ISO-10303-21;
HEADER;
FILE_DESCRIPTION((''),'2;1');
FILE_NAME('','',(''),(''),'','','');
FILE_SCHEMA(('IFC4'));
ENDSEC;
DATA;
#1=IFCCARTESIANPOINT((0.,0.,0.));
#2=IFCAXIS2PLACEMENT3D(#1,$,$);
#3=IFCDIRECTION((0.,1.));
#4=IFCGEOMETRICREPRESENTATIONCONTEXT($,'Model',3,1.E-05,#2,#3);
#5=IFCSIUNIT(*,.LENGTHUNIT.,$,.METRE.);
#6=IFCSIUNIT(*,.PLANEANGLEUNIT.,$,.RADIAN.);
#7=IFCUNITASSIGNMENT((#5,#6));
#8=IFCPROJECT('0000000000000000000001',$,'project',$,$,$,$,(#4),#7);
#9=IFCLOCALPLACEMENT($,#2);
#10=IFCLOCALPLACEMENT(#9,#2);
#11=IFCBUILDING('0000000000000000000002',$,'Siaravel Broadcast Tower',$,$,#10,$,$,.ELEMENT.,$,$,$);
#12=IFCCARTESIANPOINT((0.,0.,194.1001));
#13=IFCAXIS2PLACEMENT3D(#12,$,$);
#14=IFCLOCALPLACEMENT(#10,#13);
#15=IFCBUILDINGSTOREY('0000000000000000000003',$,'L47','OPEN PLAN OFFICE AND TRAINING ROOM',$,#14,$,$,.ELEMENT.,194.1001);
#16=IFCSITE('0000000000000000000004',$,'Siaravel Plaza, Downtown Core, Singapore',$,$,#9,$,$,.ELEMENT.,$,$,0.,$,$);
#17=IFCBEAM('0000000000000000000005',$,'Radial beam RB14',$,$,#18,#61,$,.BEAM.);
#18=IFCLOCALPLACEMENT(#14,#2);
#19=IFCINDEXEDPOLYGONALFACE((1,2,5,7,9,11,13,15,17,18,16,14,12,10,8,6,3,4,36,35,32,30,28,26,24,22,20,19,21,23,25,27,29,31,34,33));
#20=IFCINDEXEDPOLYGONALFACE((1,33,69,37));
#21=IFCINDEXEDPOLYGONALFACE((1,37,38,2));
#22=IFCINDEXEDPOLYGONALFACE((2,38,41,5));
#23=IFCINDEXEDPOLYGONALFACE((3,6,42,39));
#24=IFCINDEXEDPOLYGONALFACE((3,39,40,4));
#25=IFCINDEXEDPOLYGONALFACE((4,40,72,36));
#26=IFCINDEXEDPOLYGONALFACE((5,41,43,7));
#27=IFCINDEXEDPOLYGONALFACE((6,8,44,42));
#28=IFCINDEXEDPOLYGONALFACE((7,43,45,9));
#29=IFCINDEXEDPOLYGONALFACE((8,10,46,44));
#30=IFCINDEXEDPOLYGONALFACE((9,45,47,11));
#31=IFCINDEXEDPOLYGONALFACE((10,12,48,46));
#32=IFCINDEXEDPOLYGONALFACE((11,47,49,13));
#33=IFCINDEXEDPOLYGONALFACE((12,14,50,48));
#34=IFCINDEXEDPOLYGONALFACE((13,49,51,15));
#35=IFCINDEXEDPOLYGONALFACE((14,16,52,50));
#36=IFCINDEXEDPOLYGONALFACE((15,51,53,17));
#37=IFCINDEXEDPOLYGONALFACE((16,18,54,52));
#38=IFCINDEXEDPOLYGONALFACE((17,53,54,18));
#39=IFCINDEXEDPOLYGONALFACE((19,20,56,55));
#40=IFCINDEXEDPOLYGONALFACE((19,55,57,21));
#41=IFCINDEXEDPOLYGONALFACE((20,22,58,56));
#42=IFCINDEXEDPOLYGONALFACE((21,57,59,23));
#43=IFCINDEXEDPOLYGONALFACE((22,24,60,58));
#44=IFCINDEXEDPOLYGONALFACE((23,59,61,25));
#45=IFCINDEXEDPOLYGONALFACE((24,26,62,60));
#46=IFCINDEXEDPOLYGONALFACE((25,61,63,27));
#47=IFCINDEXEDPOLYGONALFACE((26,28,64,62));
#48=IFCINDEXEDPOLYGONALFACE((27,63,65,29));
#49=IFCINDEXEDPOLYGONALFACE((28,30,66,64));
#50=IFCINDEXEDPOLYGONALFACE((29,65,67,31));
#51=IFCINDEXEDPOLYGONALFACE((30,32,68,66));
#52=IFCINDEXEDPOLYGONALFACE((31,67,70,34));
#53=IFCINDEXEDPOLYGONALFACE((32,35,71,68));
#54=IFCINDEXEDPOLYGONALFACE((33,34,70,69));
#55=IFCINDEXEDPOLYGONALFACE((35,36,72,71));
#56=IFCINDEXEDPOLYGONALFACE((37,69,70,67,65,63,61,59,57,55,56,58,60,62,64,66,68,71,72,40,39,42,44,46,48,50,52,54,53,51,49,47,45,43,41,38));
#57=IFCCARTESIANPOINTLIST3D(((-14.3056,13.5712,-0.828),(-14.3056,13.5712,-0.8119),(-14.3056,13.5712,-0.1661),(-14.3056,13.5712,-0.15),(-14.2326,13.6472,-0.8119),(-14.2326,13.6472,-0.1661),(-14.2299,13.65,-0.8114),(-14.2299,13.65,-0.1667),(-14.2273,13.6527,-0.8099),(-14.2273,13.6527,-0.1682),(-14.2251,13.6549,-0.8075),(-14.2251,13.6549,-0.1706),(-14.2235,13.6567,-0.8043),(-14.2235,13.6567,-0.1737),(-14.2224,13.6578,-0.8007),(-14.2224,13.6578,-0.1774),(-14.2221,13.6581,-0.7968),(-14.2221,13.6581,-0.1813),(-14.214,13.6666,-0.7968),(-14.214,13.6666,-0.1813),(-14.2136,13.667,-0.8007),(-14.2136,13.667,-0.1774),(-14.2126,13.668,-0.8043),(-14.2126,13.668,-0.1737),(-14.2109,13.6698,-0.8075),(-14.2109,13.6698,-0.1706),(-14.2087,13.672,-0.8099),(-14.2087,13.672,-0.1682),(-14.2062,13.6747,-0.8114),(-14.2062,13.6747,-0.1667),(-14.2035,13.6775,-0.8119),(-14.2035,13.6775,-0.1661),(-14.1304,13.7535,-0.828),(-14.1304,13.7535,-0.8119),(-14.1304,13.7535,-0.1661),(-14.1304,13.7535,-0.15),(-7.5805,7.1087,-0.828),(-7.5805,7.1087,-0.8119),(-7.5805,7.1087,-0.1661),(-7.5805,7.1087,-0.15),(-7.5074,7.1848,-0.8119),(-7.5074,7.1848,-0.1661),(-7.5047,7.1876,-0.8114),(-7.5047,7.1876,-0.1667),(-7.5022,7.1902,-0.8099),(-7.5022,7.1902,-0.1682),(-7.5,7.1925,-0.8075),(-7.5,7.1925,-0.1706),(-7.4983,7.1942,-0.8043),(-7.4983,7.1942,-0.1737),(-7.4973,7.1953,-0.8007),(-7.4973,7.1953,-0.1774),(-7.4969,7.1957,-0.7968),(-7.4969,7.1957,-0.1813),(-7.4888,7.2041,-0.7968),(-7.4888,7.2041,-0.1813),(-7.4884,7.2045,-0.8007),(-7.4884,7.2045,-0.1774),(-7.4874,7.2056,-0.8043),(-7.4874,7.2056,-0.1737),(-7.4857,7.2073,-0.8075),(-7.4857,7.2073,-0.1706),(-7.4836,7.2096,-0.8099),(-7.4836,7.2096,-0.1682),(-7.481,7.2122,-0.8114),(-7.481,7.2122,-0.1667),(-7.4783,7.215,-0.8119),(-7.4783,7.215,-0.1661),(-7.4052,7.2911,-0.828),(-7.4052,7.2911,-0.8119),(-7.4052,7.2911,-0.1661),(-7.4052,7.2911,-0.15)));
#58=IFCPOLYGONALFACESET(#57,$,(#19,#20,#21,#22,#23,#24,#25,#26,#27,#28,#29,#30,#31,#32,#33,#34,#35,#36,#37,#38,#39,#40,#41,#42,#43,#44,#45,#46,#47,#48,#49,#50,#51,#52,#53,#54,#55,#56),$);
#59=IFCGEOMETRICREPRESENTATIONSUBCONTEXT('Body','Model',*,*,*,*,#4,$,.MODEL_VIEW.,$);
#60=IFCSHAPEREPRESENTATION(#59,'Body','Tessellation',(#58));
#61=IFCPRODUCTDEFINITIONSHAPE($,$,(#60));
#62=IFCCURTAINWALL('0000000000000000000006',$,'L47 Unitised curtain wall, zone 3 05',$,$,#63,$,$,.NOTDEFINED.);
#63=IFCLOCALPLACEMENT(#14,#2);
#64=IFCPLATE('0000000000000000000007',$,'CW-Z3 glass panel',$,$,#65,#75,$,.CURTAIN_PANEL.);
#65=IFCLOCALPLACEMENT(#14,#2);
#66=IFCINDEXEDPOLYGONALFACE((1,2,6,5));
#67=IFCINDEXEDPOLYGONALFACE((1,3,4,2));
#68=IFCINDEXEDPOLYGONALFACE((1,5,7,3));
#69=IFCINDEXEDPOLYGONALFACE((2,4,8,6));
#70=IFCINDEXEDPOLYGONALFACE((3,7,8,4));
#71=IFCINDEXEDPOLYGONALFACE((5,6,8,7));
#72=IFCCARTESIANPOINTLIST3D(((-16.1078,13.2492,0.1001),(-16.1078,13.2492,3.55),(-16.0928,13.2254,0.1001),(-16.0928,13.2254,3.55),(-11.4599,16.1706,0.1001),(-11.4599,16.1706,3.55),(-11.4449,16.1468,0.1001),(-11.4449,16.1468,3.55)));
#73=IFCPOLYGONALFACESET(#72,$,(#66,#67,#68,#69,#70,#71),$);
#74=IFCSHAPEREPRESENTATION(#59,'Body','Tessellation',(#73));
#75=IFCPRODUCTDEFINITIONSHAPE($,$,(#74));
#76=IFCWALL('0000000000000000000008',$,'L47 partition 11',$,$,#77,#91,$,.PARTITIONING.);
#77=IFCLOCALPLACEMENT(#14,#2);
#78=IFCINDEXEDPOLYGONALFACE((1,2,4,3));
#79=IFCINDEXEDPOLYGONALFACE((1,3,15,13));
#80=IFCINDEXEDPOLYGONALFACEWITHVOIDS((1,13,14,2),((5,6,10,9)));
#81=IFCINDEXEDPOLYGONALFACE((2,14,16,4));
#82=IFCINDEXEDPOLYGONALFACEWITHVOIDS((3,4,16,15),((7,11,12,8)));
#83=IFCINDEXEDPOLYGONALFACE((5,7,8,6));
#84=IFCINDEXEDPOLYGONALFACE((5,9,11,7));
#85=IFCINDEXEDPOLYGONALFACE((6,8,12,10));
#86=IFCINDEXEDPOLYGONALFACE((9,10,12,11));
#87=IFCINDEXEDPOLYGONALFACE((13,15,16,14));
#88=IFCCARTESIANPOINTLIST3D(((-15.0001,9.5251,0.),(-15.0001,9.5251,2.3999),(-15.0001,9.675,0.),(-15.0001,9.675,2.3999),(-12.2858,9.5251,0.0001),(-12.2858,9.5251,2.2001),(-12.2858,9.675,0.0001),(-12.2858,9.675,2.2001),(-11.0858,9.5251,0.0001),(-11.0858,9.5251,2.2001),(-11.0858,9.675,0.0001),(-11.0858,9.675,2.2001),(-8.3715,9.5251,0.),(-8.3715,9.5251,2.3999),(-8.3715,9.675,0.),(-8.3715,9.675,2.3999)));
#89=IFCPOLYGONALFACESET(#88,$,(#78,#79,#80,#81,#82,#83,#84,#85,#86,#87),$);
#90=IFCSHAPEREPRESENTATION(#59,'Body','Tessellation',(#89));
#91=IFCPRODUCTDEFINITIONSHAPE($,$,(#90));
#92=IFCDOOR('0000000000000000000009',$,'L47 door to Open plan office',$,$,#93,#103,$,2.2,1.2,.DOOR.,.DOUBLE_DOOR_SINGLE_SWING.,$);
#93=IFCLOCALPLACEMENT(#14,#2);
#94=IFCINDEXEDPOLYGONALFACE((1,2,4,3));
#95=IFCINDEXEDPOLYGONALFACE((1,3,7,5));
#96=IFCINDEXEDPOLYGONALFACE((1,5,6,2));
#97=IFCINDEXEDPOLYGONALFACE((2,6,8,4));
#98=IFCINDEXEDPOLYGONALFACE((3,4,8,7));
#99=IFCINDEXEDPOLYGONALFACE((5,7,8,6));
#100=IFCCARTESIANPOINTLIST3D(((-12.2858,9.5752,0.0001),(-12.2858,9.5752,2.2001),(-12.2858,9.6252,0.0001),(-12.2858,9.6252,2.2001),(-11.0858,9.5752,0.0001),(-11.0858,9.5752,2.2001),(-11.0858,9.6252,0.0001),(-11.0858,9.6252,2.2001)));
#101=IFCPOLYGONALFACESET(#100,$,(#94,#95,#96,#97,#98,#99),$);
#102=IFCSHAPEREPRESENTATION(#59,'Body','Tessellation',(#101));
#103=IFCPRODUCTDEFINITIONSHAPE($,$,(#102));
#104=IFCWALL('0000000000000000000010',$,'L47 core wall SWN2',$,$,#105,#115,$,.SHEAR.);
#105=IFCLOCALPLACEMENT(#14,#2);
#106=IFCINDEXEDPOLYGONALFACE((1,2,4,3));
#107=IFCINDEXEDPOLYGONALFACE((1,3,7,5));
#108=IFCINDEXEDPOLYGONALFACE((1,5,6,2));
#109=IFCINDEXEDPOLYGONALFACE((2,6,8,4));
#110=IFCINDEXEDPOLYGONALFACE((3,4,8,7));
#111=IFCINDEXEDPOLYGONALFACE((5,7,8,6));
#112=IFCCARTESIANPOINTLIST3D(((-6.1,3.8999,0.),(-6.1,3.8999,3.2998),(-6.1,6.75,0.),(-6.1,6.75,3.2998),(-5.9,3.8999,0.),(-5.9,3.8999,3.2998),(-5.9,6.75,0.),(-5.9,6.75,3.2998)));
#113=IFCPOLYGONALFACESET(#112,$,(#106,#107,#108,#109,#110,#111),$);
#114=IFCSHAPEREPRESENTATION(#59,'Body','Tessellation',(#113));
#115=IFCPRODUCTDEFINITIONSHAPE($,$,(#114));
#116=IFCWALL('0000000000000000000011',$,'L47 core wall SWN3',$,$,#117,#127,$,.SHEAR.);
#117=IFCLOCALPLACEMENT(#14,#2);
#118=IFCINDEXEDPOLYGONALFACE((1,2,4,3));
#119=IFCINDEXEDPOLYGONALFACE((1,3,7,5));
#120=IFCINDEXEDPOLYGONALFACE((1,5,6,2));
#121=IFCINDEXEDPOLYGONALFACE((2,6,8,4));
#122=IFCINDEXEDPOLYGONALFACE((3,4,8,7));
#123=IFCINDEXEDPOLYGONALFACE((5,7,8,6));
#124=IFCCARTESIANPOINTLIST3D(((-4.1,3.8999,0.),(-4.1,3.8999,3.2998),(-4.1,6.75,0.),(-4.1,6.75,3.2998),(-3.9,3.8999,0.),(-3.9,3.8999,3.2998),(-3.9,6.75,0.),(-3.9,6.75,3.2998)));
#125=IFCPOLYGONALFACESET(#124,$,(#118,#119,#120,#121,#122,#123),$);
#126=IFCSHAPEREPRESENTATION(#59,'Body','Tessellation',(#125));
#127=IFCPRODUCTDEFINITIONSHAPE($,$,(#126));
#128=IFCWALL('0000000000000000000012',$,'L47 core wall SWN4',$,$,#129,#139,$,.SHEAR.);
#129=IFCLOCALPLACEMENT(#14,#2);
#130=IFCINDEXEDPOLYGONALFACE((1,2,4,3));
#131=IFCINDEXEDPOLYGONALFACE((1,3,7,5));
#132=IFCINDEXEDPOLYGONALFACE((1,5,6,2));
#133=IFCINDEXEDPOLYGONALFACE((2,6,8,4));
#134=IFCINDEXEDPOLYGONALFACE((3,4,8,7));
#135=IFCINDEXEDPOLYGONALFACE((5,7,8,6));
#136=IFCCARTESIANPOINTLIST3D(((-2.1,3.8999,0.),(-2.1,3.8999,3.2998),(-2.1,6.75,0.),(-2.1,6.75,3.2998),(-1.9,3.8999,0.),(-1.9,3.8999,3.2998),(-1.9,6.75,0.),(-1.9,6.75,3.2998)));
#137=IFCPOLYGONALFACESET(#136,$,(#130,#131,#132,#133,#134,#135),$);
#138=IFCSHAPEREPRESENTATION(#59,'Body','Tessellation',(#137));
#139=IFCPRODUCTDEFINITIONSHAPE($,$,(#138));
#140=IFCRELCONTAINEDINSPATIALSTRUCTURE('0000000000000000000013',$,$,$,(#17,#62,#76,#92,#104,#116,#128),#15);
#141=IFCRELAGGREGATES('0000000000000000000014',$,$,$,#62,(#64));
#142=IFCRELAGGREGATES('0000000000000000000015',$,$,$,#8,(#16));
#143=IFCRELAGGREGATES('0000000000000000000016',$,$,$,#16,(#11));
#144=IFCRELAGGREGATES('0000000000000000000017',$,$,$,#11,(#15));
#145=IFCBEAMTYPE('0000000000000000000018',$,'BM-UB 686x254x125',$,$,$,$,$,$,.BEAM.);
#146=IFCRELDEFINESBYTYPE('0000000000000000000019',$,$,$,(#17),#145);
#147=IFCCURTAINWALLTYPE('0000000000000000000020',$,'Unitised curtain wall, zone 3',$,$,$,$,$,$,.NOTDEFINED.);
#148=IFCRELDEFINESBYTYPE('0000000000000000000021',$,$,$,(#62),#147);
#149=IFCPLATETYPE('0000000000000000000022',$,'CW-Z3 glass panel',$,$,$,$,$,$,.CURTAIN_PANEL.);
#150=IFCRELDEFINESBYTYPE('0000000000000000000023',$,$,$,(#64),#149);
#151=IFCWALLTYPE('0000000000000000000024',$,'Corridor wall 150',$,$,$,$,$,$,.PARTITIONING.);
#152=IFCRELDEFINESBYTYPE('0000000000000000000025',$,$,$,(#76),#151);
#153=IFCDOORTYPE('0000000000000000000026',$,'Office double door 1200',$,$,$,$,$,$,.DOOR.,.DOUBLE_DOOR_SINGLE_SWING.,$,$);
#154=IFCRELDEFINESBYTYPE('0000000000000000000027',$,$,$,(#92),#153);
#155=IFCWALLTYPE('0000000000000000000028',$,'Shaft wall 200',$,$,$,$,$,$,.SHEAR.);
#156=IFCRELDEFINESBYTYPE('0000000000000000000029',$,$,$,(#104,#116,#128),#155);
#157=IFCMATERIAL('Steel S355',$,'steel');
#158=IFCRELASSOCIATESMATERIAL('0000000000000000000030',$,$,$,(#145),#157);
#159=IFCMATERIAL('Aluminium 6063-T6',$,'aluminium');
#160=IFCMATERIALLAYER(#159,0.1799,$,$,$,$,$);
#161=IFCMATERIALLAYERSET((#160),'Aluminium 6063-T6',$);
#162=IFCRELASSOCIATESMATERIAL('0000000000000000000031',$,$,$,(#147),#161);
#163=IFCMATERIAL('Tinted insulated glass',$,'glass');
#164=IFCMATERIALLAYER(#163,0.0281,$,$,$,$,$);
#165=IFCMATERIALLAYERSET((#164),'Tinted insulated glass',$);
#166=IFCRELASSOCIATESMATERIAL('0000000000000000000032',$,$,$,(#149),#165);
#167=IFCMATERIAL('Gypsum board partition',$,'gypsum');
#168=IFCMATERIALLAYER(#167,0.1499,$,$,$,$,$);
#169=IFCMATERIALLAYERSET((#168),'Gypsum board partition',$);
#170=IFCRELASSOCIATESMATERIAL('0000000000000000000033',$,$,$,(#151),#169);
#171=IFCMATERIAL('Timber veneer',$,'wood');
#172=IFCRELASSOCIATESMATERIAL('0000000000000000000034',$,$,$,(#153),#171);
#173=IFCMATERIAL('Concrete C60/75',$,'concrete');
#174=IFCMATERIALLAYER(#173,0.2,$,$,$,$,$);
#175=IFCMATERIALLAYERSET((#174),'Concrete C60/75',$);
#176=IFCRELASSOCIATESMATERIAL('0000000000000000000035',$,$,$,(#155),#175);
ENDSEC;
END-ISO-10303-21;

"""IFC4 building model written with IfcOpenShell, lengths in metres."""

from ifc_helpers import new_model, si_unit, direction, frame, frame_2d, origin, origin_2d, place, context, subcontext, project, spatial, rectangle, i_section, extrude, material, layer, layer_set, material_profile, profile_set, type_object, element, fill, aggregate, save


model = new_model("IFC4")

# Units and contexts
model_context = context("Model", 3, precision=1e-05, world=origin(), true_north=direction((0.0, 1.0)))
body_context = subcontext(model_context, "Body", "Model", "MODEL_VIEW")
ifc_project = project(units=[si_unit("LENGTHUNIT", "METRE"), si_unit("PLANEANGLEUNIT", "RADIAN")], contexts=[model_context])

# Site, building, storey
site_placement = place(None, origin())
site = spatial("IfcSite", under=ifc_project, at=site_placement, Name="Siaravel Plaza, Downtown Core, Singapore", CompositionType="ELEMENT", RefElevation=0.0)
building_placement = place(site_placement, origin())
building = spatial("IfcBuilding", under=site, at=building_placement, Name="Siaravel Broadcast Tower", CompositionType="ELEMENT")
storey_placement = place(building_placement, frame((0.0, 0.0, 194.1001)))
storey = spatial("IfcBuildingStorey", under=building, at=storey_placement, Name="L47", Description="OPEN PLAN OFFICE AND TRAINING ROOM", CompositionType="ELEMENT", Elevation=194.1001)

# Beam
ifc_material_1 = material(Name="Steel S355", Category="steel")
ifc_material_profile = material_profile(ifc_material_1, i_section(OverallWidth=0.2529, OverallDepth=0.678, WebThickness=0.0117, FlangeThickness=0.0161, FilletRadius=0.0151, at=origin_2d()))
ifc_profile_set = profile_set([ifc_material_profile], Name="Steel S355")
beam_type = type_object("IfcBeamType", Name="BM-UB 686x254x125", PredefinedType="BEAM", material=ifc_profile_set)
beam_placement = place(storey_placement, frame((-14.218, 13.6624, -0.489), z_axis=(0.721049, -0.692884, 0.0), x_axis=(0.692884, 0.721049, 0.0)))
element("IfcBeam", 1, at=beam_placement, inside=storey, type_object=beam_type, Name="Radial beam RB14", PredefinedType="BEAM", context=body_context, shape_type="SweptSolid", body=[
    extrude(i_section(OverallWidth=0.2529, OverallDepth=0.678, WebThickness=0.0117, FlangeThickness=0.0161, FilletRadius=0.0151, at=origin_2d()), origin(), (0.0, 0.0, 1.0), 9.3269),
])

# Curtain wall, plate
ifc_material_2 = material(Name="Aluminium 6063-T6", Category="aluminium")
ifc_layer_1 = layer(ifc_material_2, 0.1799)
ifc_layer_set_1 = layer_set([ifc_layer_1], Name="Aluminium 6063-T6")
curtain_wall_type = type_object("IfcCurtainWallType", Name="Unitised curtain wall, zone 3", PredefinedType="NOTDEFINED", material=ifc_layer_set_1)
curtain_wall_placement = place(storey_placement, origin())
curtain_wall = element("IfcCurtainWall", 2, at=curtain_wall_placement, inside=storey, type_object=curtain_wall_type, Name="L47 Unitised curtain wall, zone 3 05", PredefinedType="NOTDEFINED")
ifc_material_3 = material(Name="Tinted insulated glass", Category="glass")
ifc_layer_2 = layer(ifc_material_3, 0.0281)
ifc_layer_set_2 = layer_set([ifc_layer_2], Name="Tinted insulated glass")
plate_type = type_object("IfcPlateType", Name="CW-Z3 glass panel", PredefinedType="CURTAIN_PANEL", material=ifc_layer_set_2)
plate_placement = place(storey_placement, frame((-13.7764, 14.698, 0.1001), z_axis=(0.0, 0.0, 1.0), x_axis=(-0.846651, -0.532149, 0.0)))
plate = element("IfcPlate", 3, at=plate_placement, type_object=plate_type, Name="CW-Z3 glass panel", PredefinedType="CURTAIN_PANEL", context=body_context, shape_type="SweptSolid", body=[
    extrude(rectangle(XDim=5.4897, YDim=0.0281, at=origin_2d()), origin(), (0.0, 0.0, 1.0), 3.45),
])
aggregate(curtain_wall, [plate])

# Shared definitions
ifc_material_4 = material(Name="Concrete C60/75", Category="concrete")
ifc_material_5 = material(Name="Timber veneer", Category="wood")

# Wall, opening, door
ifc_material_6 = material(Name="Gypsum board partition", Category="gypsum")
ifc_layer_3 = layer(ifc_material_6, 0.1499)
ifc_layer_set_3 = layer_set([ifc_layer_3], Name="Gypsum board partition")
wall_type_1 = type_object("IfcWallType", Name="Corridor wall 150", PredefinedType="PARTITIONING", material=ifc_layer_set_3)
wall_1_placement = place(storey_placement, frame((-8.3713, 9.6001, 0.0), z_axis=(0.0, 0.0, 1.0), x_axis=(-1.0, 0.0, 0.0)))
wall_1 = element("IfcWall", 4, at=wall_1_placement, inside=storey, type_object=wall_type_1, Name="L47 partition 11", PredefinedType="PARTITIONING", context=body_context, shape_type="SweptSolid", body=[
    extrude(rectangle(XDim=6.6287, YDim=0.1499, at=frame_2d((3.3145, 0.0))), origin(), (0.0, 0.0, 1.0), 2.3999),
])
opening_1_placement = place(wall_1_placement, frame((2.7144, 0.0, 0.0)))
opening_1 = element("IfcOpeningElement", 5, at=opening_1_placement, cuts=wall_1, PredefinedType="OPENING", context=body_context, shape_type="SweptSolid", body=[
    extrude(rectangle(XDim=1.2, YDim=2.2, at=frame_2d((0.6001, 1.1001))), frame((0.0, 0.085, 0.0), z_axis=(0.0, -1.0, 0.0), x_axis=(1.0, 0.0, 0.0)), (0.0, 0.0, 1.0), 0.1699),
])
door_type_1 = type_object("IfcDoorType", Name="Office double door 1200", OperationType="DOUBLE_DOOR_SINGLE_SWING", PredefinedType="DOOR", material=ifc_material_5)
door_1_placement = place(opening_1_placement, origin())
door_1 = element("IfcDoor", 6, at=door_1_placement, inside=storey, type_object=door_type_1, Name="L47 door to Open plan office", OperationType="DOUBLE_DOOR_SINGLE_SWING", OverallHeight=2.2, OverallWidth=1.2, PredefinedType="DOOR", context=body_context, shape_type="SweptSolid", body=[
    extrude(rectangle(XDim=1.2, YDim=2.2, at=frame_2d((0.6001, 1.1001))), frame((0.0, 0.0249, 0.0), z_axis=(0.0, -1.0, 0.0), x_axis=(1.0, 0.0, 0.0)), (0.0, 0.0, 1.0), 0.05),
])
fill(opening_1, door_1)

# Walls
ifc_layer_4 = layer(ifc_material_4, 0.2)
ifc_layer_set_4 = layer_set([ifc_layer_4], Name="Concrete C60/75")
wall_type_2 = type_object("IfcWallType", Name="Shaft wall 200", PredefinedType="SHEAR", material=ifc_layer_set_4)
for number, where, z_axis, x_axis, name in (
    (7, (-6.0, 3.8999, 0.0), (0.0, 0.0, 1.0), (0.0, 1.0, 0.0), "L47 core wall SWN2"),
    (8, (-4.0, 3.8999, 0.0), (0.0, 0.0, 1.0), (0.0, 1.0, 0.0), "L47 core wall SWN3"),
    (9, (-2.0, 3.8999, 0.0), (0.0, 0.0, 1.0), (0.0, 1.0, 0.0), "L47 core wall SWN4"),
):
    element("IfcWall", number, at=place(storey_placement, frame(where, z_axis=z_axis, x_axis=x_axis)), inside=storey, type_object=wall_type_2, Name=name, PredefinedType="SHEAR", context=body_context, shape_type="SweptSolid", body=[
        extrude(rectangle(XDim=2.8501, YDim=0.2, at=frame_2d((1.425, 0.0))), origin(), (0.0, 0.0, 1.0), 3.2998),
    ])

save(model, "model.ifc")
